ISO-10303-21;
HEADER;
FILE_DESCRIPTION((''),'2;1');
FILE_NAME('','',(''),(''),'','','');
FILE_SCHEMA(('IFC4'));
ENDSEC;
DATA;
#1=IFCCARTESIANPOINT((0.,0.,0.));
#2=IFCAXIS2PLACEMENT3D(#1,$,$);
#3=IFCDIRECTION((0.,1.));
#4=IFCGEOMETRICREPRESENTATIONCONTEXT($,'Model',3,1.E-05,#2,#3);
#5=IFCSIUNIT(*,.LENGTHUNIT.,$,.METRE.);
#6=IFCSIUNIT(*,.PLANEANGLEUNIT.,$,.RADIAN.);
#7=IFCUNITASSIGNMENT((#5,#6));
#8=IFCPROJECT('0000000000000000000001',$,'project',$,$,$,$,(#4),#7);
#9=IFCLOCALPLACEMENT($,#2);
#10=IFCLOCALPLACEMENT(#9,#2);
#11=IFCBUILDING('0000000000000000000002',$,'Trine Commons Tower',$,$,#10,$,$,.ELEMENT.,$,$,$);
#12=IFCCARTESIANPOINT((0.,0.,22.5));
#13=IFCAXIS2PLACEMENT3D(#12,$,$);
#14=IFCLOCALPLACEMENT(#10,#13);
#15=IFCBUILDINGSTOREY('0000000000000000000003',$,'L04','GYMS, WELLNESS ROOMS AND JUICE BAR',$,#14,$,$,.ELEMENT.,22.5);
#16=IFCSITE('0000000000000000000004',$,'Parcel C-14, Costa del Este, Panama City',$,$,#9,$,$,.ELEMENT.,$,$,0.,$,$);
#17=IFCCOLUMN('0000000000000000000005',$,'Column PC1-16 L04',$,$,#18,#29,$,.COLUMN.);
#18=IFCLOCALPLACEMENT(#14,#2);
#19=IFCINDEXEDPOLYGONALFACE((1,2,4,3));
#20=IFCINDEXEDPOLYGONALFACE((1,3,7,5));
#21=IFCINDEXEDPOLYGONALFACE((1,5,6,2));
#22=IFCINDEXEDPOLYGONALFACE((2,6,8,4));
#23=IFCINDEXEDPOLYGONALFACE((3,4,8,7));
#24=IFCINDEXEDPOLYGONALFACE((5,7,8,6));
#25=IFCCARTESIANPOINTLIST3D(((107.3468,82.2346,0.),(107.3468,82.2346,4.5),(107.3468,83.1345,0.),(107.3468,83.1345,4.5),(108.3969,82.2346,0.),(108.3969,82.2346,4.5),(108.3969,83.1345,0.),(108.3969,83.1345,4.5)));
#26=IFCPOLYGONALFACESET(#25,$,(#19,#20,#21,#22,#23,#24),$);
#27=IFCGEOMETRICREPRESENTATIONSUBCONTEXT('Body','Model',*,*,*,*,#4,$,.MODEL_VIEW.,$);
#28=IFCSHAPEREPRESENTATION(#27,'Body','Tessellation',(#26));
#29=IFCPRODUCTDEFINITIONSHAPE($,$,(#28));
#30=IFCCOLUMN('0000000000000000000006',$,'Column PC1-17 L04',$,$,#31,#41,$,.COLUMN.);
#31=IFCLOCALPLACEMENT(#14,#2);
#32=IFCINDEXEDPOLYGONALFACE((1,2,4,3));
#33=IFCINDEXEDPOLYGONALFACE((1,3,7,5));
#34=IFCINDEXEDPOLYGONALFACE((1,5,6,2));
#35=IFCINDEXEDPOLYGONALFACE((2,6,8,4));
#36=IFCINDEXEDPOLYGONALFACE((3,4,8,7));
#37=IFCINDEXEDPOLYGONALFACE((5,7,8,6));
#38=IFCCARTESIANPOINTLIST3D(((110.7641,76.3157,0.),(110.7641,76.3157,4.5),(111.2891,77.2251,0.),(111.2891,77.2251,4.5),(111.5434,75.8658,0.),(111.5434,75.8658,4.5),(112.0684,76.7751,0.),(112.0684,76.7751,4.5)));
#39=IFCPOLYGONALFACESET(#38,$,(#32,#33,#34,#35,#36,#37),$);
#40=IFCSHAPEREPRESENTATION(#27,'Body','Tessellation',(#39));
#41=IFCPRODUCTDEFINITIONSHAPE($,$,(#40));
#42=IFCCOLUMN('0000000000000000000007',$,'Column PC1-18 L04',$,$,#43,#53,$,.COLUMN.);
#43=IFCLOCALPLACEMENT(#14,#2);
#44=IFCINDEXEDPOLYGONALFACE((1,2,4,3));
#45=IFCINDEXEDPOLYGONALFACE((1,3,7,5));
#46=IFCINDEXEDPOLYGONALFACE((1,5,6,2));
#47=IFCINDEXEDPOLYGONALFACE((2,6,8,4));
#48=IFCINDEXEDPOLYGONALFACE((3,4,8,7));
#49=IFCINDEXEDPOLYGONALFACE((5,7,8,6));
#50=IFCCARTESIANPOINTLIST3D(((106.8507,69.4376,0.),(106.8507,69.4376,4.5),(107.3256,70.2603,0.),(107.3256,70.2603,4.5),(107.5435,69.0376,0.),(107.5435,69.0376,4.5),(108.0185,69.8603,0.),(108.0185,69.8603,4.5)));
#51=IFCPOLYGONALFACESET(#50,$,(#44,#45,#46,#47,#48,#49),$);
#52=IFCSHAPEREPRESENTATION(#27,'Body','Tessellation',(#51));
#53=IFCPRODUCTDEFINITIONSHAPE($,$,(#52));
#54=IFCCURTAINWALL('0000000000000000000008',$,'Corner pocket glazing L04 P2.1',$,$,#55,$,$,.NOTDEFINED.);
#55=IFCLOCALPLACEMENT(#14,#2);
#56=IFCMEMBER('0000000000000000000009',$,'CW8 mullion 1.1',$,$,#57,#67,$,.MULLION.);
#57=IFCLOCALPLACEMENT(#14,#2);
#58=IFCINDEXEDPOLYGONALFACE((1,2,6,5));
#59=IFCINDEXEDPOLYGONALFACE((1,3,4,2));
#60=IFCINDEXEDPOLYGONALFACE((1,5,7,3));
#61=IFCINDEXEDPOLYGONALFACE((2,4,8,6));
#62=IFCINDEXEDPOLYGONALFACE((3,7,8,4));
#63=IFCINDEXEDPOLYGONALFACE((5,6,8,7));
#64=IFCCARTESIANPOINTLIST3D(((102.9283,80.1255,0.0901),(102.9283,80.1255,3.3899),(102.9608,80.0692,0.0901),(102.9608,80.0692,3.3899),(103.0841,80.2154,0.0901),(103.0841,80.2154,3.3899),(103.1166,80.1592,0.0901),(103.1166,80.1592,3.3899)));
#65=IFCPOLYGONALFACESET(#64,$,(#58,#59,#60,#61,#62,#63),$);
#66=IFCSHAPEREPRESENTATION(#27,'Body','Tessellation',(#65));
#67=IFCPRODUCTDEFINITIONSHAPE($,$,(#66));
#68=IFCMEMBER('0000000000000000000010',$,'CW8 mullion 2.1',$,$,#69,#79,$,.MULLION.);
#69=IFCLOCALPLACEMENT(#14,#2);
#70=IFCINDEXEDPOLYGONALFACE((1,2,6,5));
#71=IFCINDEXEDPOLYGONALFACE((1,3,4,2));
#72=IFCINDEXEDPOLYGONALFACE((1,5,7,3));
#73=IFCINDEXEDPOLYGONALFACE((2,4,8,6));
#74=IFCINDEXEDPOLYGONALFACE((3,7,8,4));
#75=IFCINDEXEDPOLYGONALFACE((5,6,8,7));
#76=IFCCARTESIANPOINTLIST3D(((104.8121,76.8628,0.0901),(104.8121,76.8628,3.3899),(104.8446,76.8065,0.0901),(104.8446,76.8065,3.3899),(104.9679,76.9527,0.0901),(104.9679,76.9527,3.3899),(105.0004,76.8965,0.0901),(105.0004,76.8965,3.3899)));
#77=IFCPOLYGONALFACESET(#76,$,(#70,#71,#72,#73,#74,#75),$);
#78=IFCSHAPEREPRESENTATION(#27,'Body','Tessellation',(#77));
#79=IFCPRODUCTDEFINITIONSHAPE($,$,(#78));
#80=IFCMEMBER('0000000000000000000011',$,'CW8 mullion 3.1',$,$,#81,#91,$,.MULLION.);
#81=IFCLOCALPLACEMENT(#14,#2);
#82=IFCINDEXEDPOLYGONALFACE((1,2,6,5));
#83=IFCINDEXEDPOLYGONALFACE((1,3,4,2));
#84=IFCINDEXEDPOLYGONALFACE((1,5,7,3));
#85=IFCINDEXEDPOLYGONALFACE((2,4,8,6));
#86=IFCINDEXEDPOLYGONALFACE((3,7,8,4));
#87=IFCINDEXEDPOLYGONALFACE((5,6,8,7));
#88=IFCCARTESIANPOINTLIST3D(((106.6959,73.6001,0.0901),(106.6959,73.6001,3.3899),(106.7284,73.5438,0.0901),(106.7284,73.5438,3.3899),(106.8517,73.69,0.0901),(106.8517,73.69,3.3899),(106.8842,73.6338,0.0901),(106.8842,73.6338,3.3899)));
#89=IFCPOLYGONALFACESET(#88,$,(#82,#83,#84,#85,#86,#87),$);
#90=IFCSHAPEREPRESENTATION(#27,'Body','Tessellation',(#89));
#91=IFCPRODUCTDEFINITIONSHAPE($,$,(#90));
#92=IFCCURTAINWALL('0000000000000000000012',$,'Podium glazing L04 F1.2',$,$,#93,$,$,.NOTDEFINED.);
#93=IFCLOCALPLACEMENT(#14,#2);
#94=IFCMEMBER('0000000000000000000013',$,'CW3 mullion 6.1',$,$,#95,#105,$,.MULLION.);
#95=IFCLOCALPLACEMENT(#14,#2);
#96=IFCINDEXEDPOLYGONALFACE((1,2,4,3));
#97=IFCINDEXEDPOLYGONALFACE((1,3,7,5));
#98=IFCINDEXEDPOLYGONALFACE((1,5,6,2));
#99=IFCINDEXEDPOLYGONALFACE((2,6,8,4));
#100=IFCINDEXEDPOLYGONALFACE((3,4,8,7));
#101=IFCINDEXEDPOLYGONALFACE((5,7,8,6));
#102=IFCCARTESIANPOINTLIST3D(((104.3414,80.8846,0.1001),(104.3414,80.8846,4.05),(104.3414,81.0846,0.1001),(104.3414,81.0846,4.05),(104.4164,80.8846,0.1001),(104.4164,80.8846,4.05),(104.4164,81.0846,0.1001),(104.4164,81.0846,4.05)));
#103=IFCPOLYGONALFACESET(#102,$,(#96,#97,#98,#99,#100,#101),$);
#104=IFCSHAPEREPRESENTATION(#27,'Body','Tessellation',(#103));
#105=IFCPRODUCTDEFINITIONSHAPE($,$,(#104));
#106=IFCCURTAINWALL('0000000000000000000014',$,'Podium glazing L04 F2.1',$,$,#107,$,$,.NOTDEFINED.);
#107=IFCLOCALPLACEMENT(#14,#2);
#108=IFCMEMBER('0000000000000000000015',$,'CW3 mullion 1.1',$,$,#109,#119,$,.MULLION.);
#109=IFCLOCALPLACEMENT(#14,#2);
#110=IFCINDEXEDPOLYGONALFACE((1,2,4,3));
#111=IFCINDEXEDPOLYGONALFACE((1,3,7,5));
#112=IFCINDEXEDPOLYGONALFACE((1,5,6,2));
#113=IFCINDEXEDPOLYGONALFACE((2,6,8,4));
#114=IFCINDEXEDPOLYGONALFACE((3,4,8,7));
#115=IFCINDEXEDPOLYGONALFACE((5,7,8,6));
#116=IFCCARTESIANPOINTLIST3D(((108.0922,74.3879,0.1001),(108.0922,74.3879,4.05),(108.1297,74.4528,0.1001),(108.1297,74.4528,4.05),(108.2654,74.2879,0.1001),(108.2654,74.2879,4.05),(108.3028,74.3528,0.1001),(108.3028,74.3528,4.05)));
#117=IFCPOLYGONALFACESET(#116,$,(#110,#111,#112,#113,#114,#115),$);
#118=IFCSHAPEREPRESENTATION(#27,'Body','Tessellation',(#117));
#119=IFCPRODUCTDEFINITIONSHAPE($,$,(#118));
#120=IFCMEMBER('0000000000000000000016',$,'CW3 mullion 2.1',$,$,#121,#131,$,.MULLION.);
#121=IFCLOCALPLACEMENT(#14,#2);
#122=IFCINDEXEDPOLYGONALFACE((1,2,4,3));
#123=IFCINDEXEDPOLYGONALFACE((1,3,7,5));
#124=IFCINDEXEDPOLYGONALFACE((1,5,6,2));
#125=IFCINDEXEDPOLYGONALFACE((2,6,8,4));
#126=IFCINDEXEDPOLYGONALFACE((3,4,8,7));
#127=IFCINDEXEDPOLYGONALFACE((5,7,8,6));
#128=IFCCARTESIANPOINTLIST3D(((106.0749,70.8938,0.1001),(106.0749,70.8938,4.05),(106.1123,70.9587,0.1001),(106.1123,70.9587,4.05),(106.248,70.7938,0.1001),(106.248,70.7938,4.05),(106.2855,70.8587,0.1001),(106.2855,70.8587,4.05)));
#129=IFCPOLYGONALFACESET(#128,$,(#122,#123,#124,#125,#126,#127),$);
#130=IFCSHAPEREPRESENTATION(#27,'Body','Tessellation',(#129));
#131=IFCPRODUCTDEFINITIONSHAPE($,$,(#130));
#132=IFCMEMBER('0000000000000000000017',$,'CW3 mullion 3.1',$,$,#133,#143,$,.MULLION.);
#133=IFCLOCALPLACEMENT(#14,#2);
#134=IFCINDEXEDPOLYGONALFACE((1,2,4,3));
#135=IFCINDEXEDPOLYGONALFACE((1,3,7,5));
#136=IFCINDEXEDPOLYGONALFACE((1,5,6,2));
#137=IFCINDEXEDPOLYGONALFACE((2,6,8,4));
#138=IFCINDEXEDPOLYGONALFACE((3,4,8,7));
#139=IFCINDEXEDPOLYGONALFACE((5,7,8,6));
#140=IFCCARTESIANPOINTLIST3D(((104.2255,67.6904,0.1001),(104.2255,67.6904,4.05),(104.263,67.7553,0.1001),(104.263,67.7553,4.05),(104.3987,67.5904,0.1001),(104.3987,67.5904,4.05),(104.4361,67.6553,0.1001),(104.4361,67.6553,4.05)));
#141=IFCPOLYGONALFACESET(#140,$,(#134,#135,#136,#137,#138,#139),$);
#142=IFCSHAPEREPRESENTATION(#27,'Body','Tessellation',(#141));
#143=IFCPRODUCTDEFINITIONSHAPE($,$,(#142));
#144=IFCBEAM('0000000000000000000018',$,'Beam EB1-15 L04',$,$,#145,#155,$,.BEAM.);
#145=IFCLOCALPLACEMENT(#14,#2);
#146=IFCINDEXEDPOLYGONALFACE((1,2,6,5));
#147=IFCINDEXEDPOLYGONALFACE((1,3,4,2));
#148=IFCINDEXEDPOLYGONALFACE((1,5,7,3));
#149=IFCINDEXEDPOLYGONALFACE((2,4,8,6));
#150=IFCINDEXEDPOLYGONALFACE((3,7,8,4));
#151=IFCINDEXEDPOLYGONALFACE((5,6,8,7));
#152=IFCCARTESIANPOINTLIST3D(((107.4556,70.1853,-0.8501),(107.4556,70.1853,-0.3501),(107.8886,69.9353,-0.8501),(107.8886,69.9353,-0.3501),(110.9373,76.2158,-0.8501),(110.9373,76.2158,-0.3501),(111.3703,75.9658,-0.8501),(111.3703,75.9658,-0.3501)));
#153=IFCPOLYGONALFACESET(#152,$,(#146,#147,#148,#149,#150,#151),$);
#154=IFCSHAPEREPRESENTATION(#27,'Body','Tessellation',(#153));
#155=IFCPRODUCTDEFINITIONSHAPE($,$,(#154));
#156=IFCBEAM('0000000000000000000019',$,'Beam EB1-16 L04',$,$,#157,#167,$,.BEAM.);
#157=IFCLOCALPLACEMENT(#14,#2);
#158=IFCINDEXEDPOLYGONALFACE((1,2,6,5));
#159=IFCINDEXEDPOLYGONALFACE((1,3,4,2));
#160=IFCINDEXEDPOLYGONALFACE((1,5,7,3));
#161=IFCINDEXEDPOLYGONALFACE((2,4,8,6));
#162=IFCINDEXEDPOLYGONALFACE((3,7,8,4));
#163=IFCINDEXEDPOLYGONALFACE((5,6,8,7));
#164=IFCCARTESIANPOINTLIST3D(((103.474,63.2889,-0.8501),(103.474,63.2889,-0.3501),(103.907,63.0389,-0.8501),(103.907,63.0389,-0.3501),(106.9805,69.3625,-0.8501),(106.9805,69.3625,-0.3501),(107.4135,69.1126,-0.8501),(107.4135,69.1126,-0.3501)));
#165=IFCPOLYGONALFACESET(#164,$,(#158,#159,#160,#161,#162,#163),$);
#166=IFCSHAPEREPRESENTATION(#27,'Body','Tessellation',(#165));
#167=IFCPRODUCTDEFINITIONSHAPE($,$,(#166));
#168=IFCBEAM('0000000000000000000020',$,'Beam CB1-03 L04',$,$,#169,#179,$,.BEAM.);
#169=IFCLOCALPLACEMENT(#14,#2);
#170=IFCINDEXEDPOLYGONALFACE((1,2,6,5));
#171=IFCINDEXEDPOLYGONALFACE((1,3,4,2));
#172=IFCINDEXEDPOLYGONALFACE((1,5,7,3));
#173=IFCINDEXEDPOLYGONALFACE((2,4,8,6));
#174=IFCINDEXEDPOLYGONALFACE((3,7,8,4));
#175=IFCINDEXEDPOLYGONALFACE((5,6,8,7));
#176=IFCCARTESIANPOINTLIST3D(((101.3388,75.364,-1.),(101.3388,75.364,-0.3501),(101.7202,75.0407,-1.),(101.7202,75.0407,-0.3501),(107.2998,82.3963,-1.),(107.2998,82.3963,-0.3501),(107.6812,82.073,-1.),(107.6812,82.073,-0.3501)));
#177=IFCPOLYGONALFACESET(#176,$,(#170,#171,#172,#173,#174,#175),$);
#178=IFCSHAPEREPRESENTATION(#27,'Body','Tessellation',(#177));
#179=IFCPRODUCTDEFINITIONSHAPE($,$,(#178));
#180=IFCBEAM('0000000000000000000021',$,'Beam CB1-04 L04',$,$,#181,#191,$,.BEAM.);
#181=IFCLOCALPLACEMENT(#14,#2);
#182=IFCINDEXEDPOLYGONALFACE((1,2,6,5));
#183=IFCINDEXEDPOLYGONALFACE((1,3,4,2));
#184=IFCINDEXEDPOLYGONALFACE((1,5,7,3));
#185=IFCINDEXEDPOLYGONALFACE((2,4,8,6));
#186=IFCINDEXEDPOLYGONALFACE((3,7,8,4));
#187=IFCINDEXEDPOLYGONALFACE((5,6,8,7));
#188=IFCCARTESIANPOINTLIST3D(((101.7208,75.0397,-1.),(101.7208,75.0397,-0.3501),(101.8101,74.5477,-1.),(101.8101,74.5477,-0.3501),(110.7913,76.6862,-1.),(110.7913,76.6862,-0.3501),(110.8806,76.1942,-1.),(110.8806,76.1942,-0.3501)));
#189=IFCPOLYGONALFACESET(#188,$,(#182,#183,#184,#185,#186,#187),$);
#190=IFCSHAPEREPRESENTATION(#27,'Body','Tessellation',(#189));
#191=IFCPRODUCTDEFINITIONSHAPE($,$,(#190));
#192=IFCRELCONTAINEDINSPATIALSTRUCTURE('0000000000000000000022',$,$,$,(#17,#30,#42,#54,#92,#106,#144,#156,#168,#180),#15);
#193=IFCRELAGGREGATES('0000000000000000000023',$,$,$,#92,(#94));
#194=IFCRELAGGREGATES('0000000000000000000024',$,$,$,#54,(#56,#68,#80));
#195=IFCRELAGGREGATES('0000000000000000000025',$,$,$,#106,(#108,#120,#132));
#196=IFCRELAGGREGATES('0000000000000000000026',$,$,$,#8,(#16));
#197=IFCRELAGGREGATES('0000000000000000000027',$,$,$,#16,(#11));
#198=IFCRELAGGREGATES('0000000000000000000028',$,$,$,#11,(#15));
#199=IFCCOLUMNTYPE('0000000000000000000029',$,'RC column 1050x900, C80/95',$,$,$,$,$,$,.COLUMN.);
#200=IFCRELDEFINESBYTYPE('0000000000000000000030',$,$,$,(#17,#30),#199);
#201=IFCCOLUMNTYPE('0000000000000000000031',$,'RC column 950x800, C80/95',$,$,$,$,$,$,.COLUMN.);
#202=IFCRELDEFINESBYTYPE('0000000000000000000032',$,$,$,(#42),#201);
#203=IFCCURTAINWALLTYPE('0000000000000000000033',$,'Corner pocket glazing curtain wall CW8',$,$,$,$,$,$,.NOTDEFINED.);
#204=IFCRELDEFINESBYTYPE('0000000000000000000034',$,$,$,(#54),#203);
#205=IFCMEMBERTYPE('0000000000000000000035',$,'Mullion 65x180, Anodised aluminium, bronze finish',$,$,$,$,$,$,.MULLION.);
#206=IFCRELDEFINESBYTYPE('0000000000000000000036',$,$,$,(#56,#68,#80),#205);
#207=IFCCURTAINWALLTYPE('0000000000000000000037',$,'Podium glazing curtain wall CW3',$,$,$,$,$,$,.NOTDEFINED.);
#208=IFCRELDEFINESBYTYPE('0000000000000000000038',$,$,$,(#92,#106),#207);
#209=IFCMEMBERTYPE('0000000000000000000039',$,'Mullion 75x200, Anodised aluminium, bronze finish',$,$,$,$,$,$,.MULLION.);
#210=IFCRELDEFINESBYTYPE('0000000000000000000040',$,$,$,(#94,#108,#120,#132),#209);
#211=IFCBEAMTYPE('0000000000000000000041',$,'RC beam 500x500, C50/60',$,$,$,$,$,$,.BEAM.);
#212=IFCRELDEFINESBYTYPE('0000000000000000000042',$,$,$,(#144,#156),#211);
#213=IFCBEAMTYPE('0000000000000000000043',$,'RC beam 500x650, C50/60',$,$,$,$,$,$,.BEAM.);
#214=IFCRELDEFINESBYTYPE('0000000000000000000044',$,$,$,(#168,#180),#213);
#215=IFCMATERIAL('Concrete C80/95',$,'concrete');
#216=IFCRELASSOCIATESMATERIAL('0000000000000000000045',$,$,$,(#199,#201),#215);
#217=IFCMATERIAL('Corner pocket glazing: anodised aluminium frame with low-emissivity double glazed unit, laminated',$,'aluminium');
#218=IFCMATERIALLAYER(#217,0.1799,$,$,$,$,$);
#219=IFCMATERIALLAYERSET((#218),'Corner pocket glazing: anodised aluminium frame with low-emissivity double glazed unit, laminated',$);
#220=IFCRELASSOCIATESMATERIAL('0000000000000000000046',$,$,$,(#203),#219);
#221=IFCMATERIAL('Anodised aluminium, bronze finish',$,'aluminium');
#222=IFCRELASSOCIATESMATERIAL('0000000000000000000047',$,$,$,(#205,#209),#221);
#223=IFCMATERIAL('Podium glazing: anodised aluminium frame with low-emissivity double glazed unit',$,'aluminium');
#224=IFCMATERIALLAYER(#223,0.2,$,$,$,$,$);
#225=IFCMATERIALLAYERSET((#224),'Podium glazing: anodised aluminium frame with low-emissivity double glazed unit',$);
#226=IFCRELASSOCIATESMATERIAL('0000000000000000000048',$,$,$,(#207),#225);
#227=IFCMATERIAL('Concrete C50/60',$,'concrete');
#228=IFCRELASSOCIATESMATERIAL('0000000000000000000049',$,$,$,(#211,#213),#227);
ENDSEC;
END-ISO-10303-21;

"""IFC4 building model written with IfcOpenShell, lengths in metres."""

from ifc_helpers import new_model, si_unit, direction, frame, origin, origin_2d, place, context, subcontext, project, spatial, rectangle, extrude, material, layer, layer_set, material_profile, profile_set, type_object, element, aggregate, save


model = new_model("IFC4")

# Units and contexts
model_context = context("Model", 3, precision=1e-05, world=origin(), true_north=direction((0.0, 1.0)))
body_context = subcontext(model_context, "Body", "Model", "MODEL_VIEW")
ifc_project = project(units=[si_unit("LENGTHUNIT", "METRE"), si_unit("PLANEANGLEUNIT", "RADIAN")], contexts=[model_context])

# Site, building, storey
site_placement = place(None, origin())
site = spatial("IfcSite", under=ifc_project, at=site_placement, Name="Parcel C-14, Costa del Este, Panama City", CompositionType="ELEMENT", RefElevation=0.0)
building_placement = place(site_placement, origin())
building = spatial("IfcBuilding", under=site, at=building_placement, Name="Trine Commons Tower", CompositionType="ELEMENT")
storey_placement = place(building_placement, frame((0.0, 0.0, 22.5)))
storey = spatial("IfcBuildingStorey", under=building, at=storey_placement, Name="L04", Description="GYMS, WELLNESS ROOMS AND JUICE BAR", CompositionType="ELEMENT", Elevation=22.5)

# Columns
ifc_material_1 = material(Name="Concrete C80/95", Category="concrete")
ifc_material_profile_1 = material_profile(ifc_material_1, rectangle(XDim=1.05, YDim=0.8999, at=origin_2d()), Name="RC 1050x900")
ifc_profile_set_1 = profile_set([ifc_material_profile_1], Name="Concrete C80/95")
column_type_1 = type_object("IfcColumnType", Name="RC column 1050x900, C80/95", PredefinedType="COLUMN", material=ifc_profile_set_1)
for number, where, z_axis, x_axis, name in (
    (1, (107.8718, 82.6846, 0.0), (0.0, 0.0, 1.0), (1.0, 0.0, 0.0), "Column PC1-16 L04"),
    (2, (111.4163, 76.5454, 0.0), (0.0, 0.0, 1.0), (0.5, 0.866025, 0.0), "Column PC1-17 L04"),
):
    element("IfcColumn", number, at=place(storey_placement, frame(where, z_axis=z_axis, x_axis=x_axis)), inside=storey, type_object=column_type_1, Name=name, PredefinedType="COLUMN", context=body_context, shape_type="SweptSolid", body=[
        extrude(rectangle(XDim=1.05, YDim=0.8999, at=origin_2d()), origin(), (0.0, 0.0, 1.0), 4.5),
    ])
ifc_material_profile_2 = material_profile(ifc_material_1, rectangle(XDim=0.95, YDim=0.8, at=origin_2d()), Name="RC 950x800")
ifc_profile_set_2 = profile_set([ifc_material_profile_2], Name="Concrete C80/95")
column_type_2 = type_object("IfcColumnType", Name="RC column 950x800, C80/95", PredefinedType="COLUMN", material=ifc_profile_set_2)
column_placement = place(storey_placement, frame((107.4346, 69.6489, 0.0), z_axis=(0.0, 0.0, 1.0), x_axis=(0.5, 0.866025, 0.0)))
element("IfcColumn", 3, at=column_placement, inside=storey, type_object=column_type_2, Name="Column PC1-18 L04", PredefinedType="COLUMN", context=body_context, shape_type="SweptSolid", body=[
    extrude(rectangle(XDim=0.95, YDim=0.8, at=origin_2d()), origin(), (0.0, 0.0, 1.0), 4.5),
])

# Curtain wall, members
ifc_material_2 = material(Name="Corner pocket glazing: anodised aluminium frame with low-emissivity double glazed unit, laminated", Category="aluminium")
ifc_layer_1 = layer(ifc_material_2, 0.1799)
ifc_layer_set_1 = layer_set([ifc_layer_1], Name="Corner pocket glazing: anodised aluminium frame with low-emissivity double glazed unit, laminated")
curtain_wall_type_1 = type_object("IfcCurtainWallType", Name="Corner pocket glazing curtain wall CW8", PredefinedType="NOTDEFINED", material=ifc_layer_set_1)
curtain_wall_1_placement = place(storey_placement, origin())
curtain_wall_1 = element("IfcCurtainWall", 4, at=curtain_wall_1_placement, inside=storey, type_object=curtain_wall_type_1, Name="Corner pocket glazing L04 P2.1", PredefinedType="NOTDEFINED")
ifc_material_3 = material(Name="Anodised aluminium, bronze finish", Category="aluminium")
ifc_material_profile_3 = material_profile(ifc_material_3, rectangle(XDim=0.1799, YDim=0.0649, at=origin_2d()), Name="Mullion 65x180")
ifc_profile_set_3 = profile_set([ifc_material_profile_3], Name="Anodised aluminium, bronze finish")
member_type_1 = type_object("IfcMemberType", Name="Mullion 65x180, Anodised aluminium, bronze finish", PredefinedType="MULLION", material=ifc_profile_set_3)
member_1_placement = place(storey_placement, frame((103.0225, 80.1423, 0.0901), z_axis=(0.0, 0.0, 1.0), x_axis=(0.866025, 0.5, 0.0)))
member_1 = element("IfcMember", 5, at=member_1_placement, type_object=member_type_1, Name="CW8 mullion 1.1", PredefinedType="MULLION", context=body_context, shape_type="SweptSolid", body=[
    extrude(rectangle(XDim=0.1799, YDim=0.0649, at=origin_2d()), origin(), (0.0, 0.0, 1.0), 3.2998),
])
member_2_placement = place(storey_placement, frame((104.9062, 76.8796, 0.0901), z_axis=(0.0, 0.0, 1.0), x_axis=(0.866025, 0.5, 0.0)))
member_2 = element("IfcMember", 6, at=member_2_placement, type_object=member_type_1, Name="CW8 mullion 2.1", PredefinedType="MULLION", context=body_context, shape_type="SweptSolid", body=[
    extrude(rectangle(XDim=0.1799, YDim=0.0649, at=origin_2d()), origin(), (0.0, 0.0, 1.0), 3.2998),
])
member_3_placement = place(storey_placement, frame((106.79, 73.6169, 0.0901), z_axis=(0.0, 0.0, 1.0), x_axis=(0.866025, 0.5, 0.0)))
member_3 = element("IfcMember", 7, at=member_3_placement, type_object=member_type_1, Name="CW8 mullion 3.1", PredefinedType="MULLION", context=body_context, shape_type="SweptSolid", body=[
    extrude(rectangle(XDim=0.1799, YDim=0.0649, at=origin_2d()), origin(), (0.0, 0.0, 1.0), 3.2998),
])

# Curtain wall, member
ifc_material_4 = material(Name="Podium glazing: anodised aluminium frame with low-emissivity double glazed unit", Category="aluminium")
ifc_layer_2 = layer(ifc_material_4, 0.2)
ifc_layer_set_2 = layer_set([ifc_layer_2], Name="Podium glazing: anodised aluminium frame with low-emissivity double glazed unit")
curtain_wall_type_2 = type_object("IfcCurtainWallType", Name="Podium glazing curtain wall CW3", PredefinedType="NOTDEFINED", material=ifc_layer_set_2)
curtain_wall_2_placement = place(storey_placement, origin())
curtain_wall_2 = element("IfcCurtainWall", 8, at=curtain_wall_2_placement, inside=storey, type_object=curtain_wall_type_2, Name="Podium glazing L04 F1.2", PredefinedType="NOTDEFINED")
ifc_material_profile_4 = material_profile(ifc_material_3, rectangle(XDim=0.2, YDim=0.075, at=origin_2d()), Name="Mullion 75x200")
ifc_profile_set_4 = profile_set([ifc_material_profile_4], Name="Anodised aluminium, bronze finish")
member_type_2 = type_object("IfcMemberType", Name="Mullion 75x200, Anodised aluminium, bronze finish", PredefinedType="MULLION", material=ifc_profile_set_4)
member_4_placement = place(storey_placement, frame((104.3789, 80.9846, 0.1001), z_axis=(0.0, 0.0, 1.0), x_axis=(0.0, 1.0, 0.0)))
member_4 = element("IfcMember", 9, at=member_4_placement, type_object=member_type_2, Name="CW3 mullion 6.1", PredefinedType="MULLION", context=body_context, shape_type="SweptSolid", body=[
    extrude(rectangle(XDim=0.2, YDim=0.075, at=origin_2d()), origin(), (0.0, 0.0, 1.0), 3.95),
])
aggregate(curtain_wall_2, [member_4])

# Curtain wall, members
curtain_wall_3_placement = place(storey_placement, origin())
curtain_wall_3 = element("IfcCurtainWall", 10, at=curtain_wall_3_placement, inside=storey, type_object=curtain_wall_type_2, Name="Podium glazing L04 F2.1", PredefinedType="NOTDEFINED")
member_5_placement = place(storey_placement, frame((108.1975, 74.3704, 0.1001), z_axis=(0.0, 0.0, 1.0), x_axis=(0.866025, -0.5, 0.0)))
member_5 = element("IfcMember", 11, at=member_5_placement, type_object=member_type_2, Name="CW3 mullion 1.1", PredefinedType="MULLION", context=body_context, shape_type="SweptSolid", body=[
    extrude(rectangle(XDim=0.2, YDim=0.075, at=origin_2d()), origin(), (0.0, 0.0, 1.0), 3.95),
])
member_6_placement = place(storey_placement, frame((106.1802, 70.8762, 0.1001), z_axis=(0.0, 0.0, 1.0), x_axis=(0.866025, -0.5, 0.0)))
member_6 = element("IfcMember", 12, at=member_6_placement, type_object=member_type_2, Name="CW3 mullion 2.1", PredefinedType="MULLION", context=body_context, shape_type="SweptSolid", body=[
    extrude(rectangle(XDim=0.2, YDim=0.075, at=origin_2d()), origin(), (0.0, 0.0, 1.0), 3.95),
])
member_7_placement = place(storey_placement, frame((104.3308, 67.6729, 0.1001), z_axis=(0.0, 0.0, 1.0), x_axis=(0.866025, -0.5, 0.0)))
member_7 = element("IfcMember", 13, at=member_7_placement, type_object=member_type_2, Name="CW3 mullion 3.1", PredefinedType="MULLION", context=body_context, shape_type="SweptSolid", body=[
    extrude(rectangle(XDim=0.2, YDim=0.075, at=origin_2d()), origin(), (0.0, 0.0, 1.0), 3.95),
])

# Beams
ifc_material_5 = material(Name="Concrete C50/60", Category="concrete")
ifc_material_profile_5 = material_profile(ifc_material_5, rectangle(XDim=0.5, YDim=0.5, at=origin_2d()), Name="RC 500x500")
ifc_profile_set_5 = profile_set([ifc_material_profile_5], Name="Concrete C50/60")
beam_type_1 = type_object("IfcBeamType", Name="RC beam 500x500, C50/60", PredefinedType="BEAM", material=ifc_profile_set_5)
beam_1_placement = place(storey_placement, frame((111.1538, 76.0908, -0.6001), z_axis=(-0.499997, -0.866027, 0.0), x_axis=(0.866027, -0.499997, 0.0)))
element("IfcBeam", 14, at=beam_1_placement, inside=storey, type_object=beam_type_1, Name="Beam EB1-15 L04", PredefinedType="BEAM", context=body_context, shape_type="SweptSolid", body=[
    extrude(rectangle(XDim=0.5, YDim=0.5, at=origin_2d()), origin(), (0.0, 0.0, 1.0), 6.9634),
])
beam_2_placement = place(storey_placement, frame((107.197, 69.2375, -0.6001), z_axis=(-0.499992, -0.86603, 0.0), x_axis=(0.86603, -0.499992, 0.0)))
element("IfcBeam", 15, at=beam_2_placement, inside=storey, type_object=beam_type_1, Name="Beam EB1-16 L04", PredefinedType="BEAM", context=body_context, shape_type="SweptSolid", body=[
    extrude(rectangle(XDim=0.5, YDim=0.5, at=origin_2d()), origin(), (0.0, 0.0, 1.0), 7.0132),
])
ifc_material_profile_6 = material_profile(ifc_material_5, rectangle(XDim=0.5, YDim=0.6499, at=origin_2d()), Name="RC 500x650")
ifc_profile_set_6 = profile_set([ifc_material_profile_6], Name="Concrete C50/60")
beam_type_2 = type_object("IfcBeamType", Name="RC beam 500x650, C50/60", PredefinedType="BEAM", material=ifc_profile_set_6)
for number, where, z_axis, x_axis, name in (
    (16, (107.4905, 82.2346, -0.675), (-0.646612, -0.762819, 0.0), (0.762819, -0.646612, 0.0), "Beam CB1-03 L04"),
    (17, (110.8359, 76.4402, -0.675), (-0.983922, -0.178601, 0.0), (0.178601, -0.983922, 0.0), "Beam CB1-04 L04"),
):
    element("IfcBeam", number, at=place(storey_placement, frame(where, z_axis=z_axis, x_axis=x_axis)), inside=storey, type_object=beam_type_2, Name=name, PredefinedType="BEAM", context=body_context, shape_type="SweptSolid", body=[
        extrude(rectangle(XDim=0.5, YDim=0.6499, at=origin_2d()), origin(), (0.0, 0.0, 1.0), 9.2188),
    ])

aggregate(curtain_wall_1, [member_1, member_2, member_3])
aggregate(curtain_wall_3, [member_5, member_6, member_7])

save(model, "model.ifc")
